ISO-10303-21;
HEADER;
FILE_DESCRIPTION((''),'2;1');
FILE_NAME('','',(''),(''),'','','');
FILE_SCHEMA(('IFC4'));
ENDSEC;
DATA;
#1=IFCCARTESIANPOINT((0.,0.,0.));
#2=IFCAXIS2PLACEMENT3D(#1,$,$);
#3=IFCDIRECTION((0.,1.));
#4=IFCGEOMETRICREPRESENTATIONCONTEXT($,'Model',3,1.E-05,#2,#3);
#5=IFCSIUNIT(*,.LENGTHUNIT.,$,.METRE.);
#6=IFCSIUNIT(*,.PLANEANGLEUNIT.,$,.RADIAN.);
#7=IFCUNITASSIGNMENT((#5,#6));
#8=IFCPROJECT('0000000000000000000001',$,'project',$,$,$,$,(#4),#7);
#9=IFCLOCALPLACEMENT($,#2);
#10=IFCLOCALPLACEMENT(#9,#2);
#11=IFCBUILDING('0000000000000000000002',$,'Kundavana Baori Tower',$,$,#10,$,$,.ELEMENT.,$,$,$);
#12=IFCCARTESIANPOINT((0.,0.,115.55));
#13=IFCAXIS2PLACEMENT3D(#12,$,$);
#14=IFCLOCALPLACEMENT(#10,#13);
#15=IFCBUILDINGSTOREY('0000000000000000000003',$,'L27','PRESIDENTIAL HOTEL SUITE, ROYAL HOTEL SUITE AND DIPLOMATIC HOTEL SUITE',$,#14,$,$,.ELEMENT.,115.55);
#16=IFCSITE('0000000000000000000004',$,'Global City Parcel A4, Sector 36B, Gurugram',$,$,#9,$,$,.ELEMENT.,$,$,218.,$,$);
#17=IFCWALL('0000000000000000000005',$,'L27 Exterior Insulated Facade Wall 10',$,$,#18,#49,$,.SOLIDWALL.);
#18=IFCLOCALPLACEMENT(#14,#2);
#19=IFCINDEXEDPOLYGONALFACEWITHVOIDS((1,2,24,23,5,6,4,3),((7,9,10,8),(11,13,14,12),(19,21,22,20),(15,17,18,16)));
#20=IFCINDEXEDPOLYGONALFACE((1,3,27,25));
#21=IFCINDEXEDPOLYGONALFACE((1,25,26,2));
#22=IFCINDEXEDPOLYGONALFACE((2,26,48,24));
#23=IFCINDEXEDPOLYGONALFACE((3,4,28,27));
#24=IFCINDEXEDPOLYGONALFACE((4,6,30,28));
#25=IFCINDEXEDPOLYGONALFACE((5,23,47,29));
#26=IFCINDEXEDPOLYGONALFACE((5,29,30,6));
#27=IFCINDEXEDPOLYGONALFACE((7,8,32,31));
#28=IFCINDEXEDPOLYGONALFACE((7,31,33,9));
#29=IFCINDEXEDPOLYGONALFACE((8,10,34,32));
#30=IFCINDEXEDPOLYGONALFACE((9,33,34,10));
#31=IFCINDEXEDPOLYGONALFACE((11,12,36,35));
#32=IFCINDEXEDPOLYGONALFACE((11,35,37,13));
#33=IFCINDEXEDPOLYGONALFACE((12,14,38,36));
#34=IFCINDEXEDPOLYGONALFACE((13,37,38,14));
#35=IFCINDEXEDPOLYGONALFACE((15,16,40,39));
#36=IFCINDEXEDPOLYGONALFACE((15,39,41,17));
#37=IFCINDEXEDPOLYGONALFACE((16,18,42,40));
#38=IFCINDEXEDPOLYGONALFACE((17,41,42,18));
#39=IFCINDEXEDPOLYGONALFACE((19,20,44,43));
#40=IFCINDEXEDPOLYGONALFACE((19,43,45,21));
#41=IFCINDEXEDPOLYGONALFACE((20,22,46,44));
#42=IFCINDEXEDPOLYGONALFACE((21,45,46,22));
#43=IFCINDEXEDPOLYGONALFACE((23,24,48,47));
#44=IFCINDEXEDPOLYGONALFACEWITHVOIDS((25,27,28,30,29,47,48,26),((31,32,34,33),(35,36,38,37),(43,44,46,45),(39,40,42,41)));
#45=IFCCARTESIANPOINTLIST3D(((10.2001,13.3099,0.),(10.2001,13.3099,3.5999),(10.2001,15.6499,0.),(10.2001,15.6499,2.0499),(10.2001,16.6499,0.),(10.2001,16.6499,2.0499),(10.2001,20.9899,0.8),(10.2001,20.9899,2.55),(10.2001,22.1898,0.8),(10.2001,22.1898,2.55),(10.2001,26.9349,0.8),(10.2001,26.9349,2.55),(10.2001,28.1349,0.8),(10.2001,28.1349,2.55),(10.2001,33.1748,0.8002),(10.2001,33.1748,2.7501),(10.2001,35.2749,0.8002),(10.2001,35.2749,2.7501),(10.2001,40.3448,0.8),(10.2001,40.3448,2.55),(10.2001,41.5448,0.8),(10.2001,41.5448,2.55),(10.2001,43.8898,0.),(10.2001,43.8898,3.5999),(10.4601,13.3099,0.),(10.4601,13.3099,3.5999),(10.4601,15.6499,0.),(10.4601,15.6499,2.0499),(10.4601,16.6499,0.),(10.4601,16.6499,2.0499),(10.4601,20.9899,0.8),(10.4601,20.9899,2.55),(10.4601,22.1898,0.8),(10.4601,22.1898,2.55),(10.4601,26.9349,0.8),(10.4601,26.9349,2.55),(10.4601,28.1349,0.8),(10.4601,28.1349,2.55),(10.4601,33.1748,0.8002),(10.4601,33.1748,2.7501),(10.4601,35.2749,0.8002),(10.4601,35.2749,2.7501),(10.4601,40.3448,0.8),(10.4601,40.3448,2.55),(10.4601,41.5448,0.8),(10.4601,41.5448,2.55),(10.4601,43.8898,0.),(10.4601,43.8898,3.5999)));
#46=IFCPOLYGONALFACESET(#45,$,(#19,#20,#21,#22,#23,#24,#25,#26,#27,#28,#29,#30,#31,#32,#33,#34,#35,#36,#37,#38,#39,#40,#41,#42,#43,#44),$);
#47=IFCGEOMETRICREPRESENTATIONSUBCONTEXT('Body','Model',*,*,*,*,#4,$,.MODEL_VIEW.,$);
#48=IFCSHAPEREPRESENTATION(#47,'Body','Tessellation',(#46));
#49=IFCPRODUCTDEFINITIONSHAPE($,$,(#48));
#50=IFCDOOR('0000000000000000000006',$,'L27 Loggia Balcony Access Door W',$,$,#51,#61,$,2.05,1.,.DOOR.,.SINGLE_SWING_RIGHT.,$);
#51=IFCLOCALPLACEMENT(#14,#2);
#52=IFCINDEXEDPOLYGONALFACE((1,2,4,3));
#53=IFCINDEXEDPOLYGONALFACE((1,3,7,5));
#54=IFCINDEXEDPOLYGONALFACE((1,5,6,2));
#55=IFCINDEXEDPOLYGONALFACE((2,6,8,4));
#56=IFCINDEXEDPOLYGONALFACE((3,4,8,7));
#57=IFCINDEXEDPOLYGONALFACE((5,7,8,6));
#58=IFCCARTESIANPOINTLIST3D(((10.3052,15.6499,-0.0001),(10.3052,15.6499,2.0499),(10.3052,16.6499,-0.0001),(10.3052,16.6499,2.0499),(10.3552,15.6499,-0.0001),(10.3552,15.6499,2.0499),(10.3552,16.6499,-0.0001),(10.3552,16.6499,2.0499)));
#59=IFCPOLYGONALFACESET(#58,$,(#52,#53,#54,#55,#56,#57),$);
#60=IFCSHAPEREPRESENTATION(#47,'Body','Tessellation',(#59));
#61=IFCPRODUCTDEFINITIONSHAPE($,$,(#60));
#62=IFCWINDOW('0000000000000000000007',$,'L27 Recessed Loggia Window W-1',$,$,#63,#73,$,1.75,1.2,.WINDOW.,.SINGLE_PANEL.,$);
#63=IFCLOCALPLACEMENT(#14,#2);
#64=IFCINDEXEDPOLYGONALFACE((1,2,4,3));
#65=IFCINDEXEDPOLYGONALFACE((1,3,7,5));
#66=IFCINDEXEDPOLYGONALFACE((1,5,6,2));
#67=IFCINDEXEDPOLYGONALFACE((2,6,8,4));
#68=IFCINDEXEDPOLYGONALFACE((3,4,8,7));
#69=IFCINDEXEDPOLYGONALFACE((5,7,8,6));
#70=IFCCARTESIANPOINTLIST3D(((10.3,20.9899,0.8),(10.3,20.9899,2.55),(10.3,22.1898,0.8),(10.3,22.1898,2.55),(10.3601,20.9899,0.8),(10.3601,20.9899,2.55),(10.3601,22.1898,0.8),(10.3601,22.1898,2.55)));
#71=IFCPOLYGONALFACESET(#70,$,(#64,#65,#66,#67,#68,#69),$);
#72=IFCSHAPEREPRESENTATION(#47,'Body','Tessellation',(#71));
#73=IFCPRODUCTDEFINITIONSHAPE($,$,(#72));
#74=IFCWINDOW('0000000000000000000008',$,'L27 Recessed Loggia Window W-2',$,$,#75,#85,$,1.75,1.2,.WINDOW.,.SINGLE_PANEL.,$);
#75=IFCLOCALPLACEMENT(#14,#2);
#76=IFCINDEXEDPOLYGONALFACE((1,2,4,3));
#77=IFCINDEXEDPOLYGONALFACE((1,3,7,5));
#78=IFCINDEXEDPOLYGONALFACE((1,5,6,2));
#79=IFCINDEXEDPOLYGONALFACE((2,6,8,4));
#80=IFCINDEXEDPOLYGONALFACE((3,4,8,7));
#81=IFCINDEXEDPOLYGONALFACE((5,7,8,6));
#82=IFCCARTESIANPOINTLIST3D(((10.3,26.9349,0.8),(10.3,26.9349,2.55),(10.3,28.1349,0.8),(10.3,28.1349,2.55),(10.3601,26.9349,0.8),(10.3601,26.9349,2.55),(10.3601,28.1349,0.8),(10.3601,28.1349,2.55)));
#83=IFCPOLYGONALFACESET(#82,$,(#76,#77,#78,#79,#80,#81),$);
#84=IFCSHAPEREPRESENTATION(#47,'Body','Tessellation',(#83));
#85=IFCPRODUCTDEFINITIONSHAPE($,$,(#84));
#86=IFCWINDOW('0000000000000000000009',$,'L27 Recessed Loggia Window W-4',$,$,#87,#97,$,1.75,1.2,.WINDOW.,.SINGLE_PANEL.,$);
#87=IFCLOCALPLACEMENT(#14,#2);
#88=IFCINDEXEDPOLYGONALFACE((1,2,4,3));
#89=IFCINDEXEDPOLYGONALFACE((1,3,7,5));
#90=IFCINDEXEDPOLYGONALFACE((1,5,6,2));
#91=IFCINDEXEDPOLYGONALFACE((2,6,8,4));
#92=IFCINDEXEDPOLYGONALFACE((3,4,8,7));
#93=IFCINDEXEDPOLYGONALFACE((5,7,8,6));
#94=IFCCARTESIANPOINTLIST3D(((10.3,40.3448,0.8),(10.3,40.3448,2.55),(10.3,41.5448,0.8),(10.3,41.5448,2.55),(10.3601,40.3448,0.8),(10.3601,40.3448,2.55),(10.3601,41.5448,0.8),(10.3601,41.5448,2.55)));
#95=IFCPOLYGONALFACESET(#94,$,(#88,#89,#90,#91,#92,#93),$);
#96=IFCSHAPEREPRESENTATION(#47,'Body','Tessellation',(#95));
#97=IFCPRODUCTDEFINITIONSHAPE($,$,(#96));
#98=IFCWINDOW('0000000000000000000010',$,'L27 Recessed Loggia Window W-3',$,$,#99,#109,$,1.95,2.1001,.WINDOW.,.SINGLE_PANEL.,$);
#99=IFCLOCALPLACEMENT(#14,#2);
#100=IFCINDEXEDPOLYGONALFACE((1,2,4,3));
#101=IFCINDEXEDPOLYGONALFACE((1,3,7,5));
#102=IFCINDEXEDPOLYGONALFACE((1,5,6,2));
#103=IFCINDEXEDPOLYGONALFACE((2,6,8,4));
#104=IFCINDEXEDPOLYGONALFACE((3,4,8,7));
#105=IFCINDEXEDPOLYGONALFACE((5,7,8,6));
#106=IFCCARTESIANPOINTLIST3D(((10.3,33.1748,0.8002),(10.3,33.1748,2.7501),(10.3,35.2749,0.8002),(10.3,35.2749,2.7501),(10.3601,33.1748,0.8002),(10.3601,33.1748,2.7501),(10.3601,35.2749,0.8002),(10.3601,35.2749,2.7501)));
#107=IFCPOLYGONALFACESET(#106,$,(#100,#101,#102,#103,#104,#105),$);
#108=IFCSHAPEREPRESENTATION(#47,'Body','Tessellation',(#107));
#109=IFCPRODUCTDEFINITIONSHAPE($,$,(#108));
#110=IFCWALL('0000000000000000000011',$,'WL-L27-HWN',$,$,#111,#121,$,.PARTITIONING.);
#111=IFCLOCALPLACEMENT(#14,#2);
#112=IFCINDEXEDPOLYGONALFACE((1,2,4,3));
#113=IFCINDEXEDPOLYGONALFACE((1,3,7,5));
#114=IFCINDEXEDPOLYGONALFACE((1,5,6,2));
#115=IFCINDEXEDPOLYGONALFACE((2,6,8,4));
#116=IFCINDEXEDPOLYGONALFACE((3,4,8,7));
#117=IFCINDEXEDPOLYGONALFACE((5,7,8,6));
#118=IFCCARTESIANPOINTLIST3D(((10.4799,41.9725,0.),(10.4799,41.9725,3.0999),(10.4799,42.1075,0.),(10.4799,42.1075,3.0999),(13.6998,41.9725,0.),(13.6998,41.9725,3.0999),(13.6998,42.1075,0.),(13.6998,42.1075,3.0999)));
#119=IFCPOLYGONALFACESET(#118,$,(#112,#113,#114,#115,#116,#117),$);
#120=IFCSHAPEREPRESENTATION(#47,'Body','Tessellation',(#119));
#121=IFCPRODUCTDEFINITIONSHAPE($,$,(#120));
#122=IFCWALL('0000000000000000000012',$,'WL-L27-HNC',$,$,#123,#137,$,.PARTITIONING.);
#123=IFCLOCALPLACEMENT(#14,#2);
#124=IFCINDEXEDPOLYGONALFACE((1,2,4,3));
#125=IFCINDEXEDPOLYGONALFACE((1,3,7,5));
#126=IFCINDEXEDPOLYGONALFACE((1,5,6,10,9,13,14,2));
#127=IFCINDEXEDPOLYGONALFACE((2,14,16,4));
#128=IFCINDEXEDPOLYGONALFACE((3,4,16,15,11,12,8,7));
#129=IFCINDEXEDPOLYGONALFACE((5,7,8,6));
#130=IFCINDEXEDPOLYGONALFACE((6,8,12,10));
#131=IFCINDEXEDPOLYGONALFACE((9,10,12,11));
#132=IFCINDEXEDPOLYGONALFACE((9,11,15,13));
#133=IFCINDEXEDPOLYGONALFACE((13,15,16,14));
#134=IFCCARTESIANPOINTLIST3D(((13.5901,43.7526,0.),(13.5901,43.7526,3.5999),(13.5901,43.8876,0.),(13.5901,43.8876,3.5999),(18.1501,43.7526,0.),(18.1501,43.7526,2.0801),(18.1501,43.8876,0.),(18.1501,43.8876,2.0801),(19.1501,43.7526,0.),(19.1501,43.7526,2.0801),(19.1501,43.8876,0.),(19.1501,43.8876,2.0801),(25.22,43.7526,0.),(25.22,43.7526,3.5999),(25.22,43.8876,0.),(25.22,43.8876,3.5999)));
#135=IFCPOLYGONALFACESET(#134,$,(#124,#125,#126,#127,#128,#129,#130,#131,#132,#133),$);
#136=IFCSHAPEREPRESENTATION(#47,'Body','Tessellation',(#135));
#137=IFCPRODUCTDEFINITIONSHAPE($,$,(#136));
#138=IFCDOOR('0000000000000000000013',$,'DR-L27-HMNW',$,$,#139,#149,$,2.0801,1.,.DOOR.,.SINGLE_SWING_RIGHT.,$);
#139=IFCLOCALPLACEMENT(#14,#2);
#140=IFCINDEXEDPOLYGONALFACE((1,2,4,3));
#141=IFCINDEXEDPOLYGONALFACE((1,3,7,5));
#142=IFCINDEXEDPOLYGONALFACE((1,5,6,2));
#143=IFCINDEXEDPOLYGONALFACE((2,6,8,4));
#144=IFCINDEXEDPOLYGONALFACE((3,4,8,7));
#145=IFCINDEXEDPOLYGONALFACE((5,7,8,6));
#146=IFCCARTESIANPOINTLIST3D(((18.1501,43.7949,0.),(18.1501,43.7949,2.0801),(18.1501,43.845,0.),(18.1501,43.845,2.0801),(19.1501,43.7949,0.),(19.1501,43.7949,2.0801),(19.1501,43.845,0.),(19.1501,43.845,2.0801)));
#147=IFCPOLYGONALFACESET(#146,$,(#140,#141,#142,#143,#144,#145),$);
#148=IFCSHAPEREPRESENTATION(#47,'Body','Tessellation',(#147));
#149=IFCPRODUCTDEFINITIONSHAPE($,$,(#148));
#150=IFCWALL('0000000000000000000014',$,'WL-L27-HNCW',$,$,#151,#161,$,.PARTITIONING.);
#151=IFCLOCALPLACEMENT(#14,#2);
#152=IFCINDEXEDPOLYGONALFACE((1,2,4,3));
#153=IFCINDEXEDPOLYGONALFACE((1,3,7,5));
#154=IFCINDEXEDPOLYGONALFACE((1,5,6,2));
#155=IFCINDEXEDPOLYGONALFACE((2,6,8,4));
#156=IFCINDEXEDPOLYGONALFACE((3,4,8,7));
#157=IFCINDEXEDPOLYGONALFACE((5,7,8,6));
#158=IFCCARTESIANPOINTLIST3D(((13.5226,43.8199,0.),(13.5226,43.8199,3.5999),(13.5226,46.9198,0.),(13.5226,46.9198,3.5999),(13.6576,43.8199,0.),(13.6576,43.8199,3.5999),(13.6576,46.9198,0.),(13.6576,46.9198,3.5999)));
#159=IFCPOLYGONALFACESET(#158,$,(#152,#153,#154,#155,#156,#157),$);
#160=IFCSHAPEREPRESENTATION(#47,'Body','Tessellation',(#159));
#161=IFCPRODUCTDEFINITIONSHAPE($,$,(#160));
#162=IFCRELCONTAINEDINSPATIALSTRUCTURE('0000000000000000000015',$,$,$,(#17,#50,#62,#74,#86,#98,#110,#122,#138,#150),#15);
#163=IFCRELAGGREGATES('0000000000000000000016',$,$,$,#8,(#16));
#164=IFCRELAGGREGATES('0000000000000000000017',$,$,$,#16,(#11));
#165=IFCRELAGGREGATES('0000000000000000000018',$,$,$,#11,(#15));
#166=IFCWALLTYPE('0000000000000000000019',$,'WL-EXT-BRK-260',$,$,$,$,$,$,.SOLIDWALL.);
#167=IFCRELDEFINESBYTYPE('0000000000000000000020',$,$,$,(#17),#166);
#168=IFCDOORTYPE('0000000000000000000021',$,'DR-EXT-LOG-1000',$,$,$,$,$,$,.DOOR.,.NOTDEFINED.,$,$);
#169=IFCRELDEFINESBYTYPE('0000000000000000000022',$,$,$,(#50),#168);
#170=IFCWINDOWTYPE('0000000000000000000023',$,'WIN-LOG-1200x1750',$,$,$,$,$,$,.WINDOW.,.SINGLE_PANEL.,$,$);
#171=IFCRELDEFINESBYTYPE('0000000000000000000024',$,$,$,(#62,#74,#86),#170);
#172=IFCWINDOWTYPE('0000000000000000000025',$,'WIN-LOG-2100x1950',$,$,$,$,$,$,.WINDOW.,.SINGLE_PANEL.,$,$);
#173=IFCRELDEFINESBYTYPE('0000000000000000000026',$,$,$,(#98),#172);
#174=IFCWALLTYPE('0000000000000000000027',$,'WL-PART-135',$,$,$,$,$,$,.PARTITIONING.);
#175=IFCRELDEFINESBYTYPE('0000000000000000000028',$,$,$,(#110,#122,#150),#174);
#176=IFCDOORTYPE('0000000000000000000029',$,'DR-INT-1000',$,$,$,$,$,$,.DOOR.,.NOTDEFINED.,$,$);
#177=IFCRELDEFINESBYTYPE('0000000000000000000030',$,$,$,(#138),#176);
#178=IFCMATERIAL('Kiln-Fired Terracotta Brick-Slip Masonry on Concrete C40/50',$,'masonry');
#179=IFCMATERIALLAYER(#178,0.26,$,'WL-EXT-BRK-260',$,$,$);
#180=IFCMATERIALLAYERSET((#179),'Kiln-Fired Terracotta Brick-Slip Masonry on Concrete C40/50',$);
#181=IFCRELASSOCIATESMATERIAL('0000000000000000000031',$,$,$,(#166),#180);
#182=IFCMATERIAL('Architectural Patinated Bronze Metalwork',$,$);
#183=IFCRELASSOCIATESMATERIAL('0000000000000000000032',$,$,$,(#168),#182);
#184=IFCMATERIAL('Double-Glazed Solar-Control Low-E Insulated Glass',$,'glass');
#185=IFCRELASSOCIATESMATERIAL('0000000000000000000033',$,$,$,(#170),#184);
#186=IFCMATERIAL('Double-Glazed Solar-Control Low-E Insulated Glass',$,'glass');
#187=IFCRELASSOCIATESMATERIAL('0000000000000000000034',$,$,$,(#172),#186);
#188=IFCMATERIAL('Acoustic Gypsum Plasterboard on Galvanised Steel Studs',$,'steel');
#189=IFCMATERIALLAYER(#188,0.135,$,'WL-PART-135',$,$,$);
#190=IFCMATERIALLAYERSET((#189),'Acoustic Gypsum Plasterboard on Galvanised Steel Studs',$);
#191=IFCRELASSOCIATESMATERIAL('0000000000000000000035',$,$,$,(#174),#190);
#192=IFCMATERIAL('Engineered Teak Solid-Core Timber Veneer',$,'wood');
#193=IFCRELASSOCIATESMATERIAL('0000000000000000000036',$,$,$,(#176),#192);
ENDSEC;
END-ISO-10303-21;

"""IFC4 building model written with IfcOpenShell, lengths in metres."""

from ifc_helpers import new_model, si_unit, direction, frame, frame_2d, origin, place, context, subcontext, project, spatial, rectangle, extrude, material, layer, layer_set, type_object, element, fill, save


model = new_model("IFC4")

# Units and contexts
model_context = context("Model", 3, precision=1e-05, world=origin(), true_north=direction((0.0, 1.0)))
body_context = subcontext(model_context, "Body", "Model", "MODEL_VIEW")
ifc_project = project(units=[si_unit("LENGTHUNIT", "METRE"), si_unit("PLANEANGLEUNIT", "RADIAN")], contexts=[model_context])

# Site, building, storey
site_placement = place(None, origin())
site = spatial("IfcSite", under=ifc_project, at=site_placement, Name="Global City Parcel A4, Sector 36B, Gurugram", CompositionType="ELEMENT", RefElevation=218.0)
building_placement = place(site_placement, origin())
building = spatial("IfcBuilding", under=site, at=building_placement, Name="Kundavana Baori Tower", CompositionType="ELEMENT")
storey_placement = place(building_placement, frame((0.0, 0.0, 115.55)))
storey = spatial("IfcBuildingStorey", under=building, at=storey_placement, Name="L27", Description="PRESIDENTIAL HOTEL SUITE, ROYAL HOTEL SUITE AND DIPLOMATIC HOTEL SUITE", CompositionType="ELEMENT", Elevation=115.55)

# Shared definitions
ifc_material_1 = material(Name="Kiln-Fired Terracotta Brick-Slip Masonry on Concrete C40/50", Category="masonry")
ifc_layer_1 = layer(ifc_material_1, 0.26, Name="WL-EXT-BRK-260")
ifc_layer_set_1 = layer_set([ifc_layer_1], Name="Kiln-Fired Terracotta Brick-Slip Masonry on Concrete C40/50")
wall_type_1 = type_object("IfcWallType", Name="WL-EXT-BRK-260", PredefinedType="SOLIDWALL", material=ifc_layer_set_1)

# Wall, openings, door, windows
wall_1_placement = place(storey_placement, frame((10.3301, 43.8899, 0.0), z_axis=(0.0, 0.0, 1.0), x_axis=(0.0, -1.0, 0.0)))
wall_1 = element("IfcWall", 1, at=wall_1_placement, inside=storey, type_object=wall_type_1, Name="L27 Exterior Insulated Facade Wall 10", PredefinedType="SOLIDWALL", context=body_context, shape_type="SweptSolid", body=[
    extrude(rectangle(XDim=30.5798, YDim=0.26, at=frame_2d((15.29, 0.0))), origin(), (0.0, 0.0, 1.0), 3.5999),
])
opening_1_placement = place(wall_1_placement, frame((27.24, 0.0, 0.0)))
opening_1 = element("IfcOpeningElement", 2, at=opening_1_placement, cuts=wall_1, PredefinedType="OPENING", context=body_context, shape_type="SweptSolid", body=[
    extrude(rectangle(XDim=1.0, YDim=2.05, at=frame_2d((0.5, 1.0249))), frame((0.0, 0.1401, 0.0), z_axis=(0.0, -1.0, 0.0), x_axis=(1.0, 0.0, 0.0)), (0.0, 0.0, 1.0), 0.28),
])
opening_2_placement = place(wall_1_placement, frame((21.7, 0.0, 0.8)))
opening_2 = element("IfcOpeningElement", 3, at=opening_2_placement, cuts=wall_1, PredefinedType="OPENING", context=body_context, shape_type="SweptSolid", body=[
    extrude(rectangle(XDim=1.2, YDim=1.75, at=frame_2d((0.6001, 0.875))), frame((0.0, 0.1401, 0.0), z_axis=(0.0, -1.0, 0.0), x_axis=(1.0, 0.0, 0.0)), (0.0, 0.0, 1.0), 0.28),
])
opening_3_placement = place(wall_1_placement, frame((15.7549, 0.0, 0.8)))
opening_3 = element("IfcOpeningElement", 4, at=opening_3_placement, cuts=wall_1, PredefinedType="OPENING", context=body_context, shape_type="SweptSolid", body=[
    extrude(rectangle(XDim=1.2, YDim=1.75, at=frame_2d((0.6001, 0.875))), frame((0.0, 0.1401, 0.0), z_axis=(0.0, -1.0, 0.0), x_axis=(1.0, 0.0, 0.0)), (0.0, 0.0, 1.0), 0.28),
])
opening_4_placement = place(wall_1_placement, frame((8.615, 0.0, 0.8)))
opening_4 = element("IfcOpeningElement", 5, at=opening_4_placement, cuts=wall_1, PredefinedType="OPENING", context=body_context, shape_type="SweptSolid", body=[
    extrude(rectangle(XDim=2.1001, YDim=1.95, at=frame_2d((1.05, 0.9751))), frame((0.0, 0.1401, 0.0), z_axis=(0.0, -1.0, 0.0), x_axis=(1.0, 0.0, 0.0)), (0.0, 0.0, 1.0), 0.28),
])
opening_5_placement = place(wall_1_placement, frame((2.345, 0.0, 0.8)))
opening_5 = element("IfcOpeningElement", 6, at=opening_5_placement, cuts=wall_1, PredefinedType="OPENING", context=body_context, shape_type="SweptSolid", body=[
    extrude(rectangle(XDim=1.2, YDim=1.75, at=frame_2d((0.6001, 0.875))), frame((0.0, 0.1401, 0.0), z_axis=(0.0, -1.0, 0.0), x_axis=(1.0, 0.0, 0.0)), (0.0, 0.0, 1.0), 0.28),
])
ifc_material_2 = material(Name="Architectural Patinated Bronze Metalwork")
door_type_1 = type_object("IfcDoorType", Name="DR-EXT-LOG-1000", OperationType="NOTDEFINED", PredefinedType="DOOR", material=ifc_material_2)
door_1_placement = place(opening_1_placement, frame((1.0, 0.0, 0.0), z_axis=(0.0, 0.0, 1.0), x_axis=(-1.0, 0.0, 0.0)))
door_1 = element("IfcDoor", 7, at=door_1_placement, inside=storey, type_object=door_type_1, Name="L27 Loggia Balcony Access Door W", OperationType="SINGLE_SWING_RIGHT", OverallHeight=2.05, OverallWidth=1.0, PredefinedType="DOOR", context=body_context, shape_type="SweptSolid", body=[
    extrude(rectangle(XDim=1.0, YDim=2.05, at=frame_2d((0.5, 1.0249))), frame((0.0, 0.0249, 0.0), z_axis=(0.0, -1.0, 0.0), x_axis=(1.0, 0.0, 0.0)), (0.0, 0.0, 1.0), 0.05),
])
fill(opening_1, door_1)
ifc_material_3 = material(Name="Double-Glazed Solar-Control Low-E Insulated Glass", Category="glass")
window_type_1 = type_object("IfcWindowType", Name="WIN-LOG-1200x1750", PartitioningType="SINGLE_PANEL", PredefinedType="WINDOW", material=ifc_material_3)
window_1_placement = place(opening_2_placement, origin())
window_1 = element("IfcWindow", 8, at=window_1_placement, inside=storey, type_object=window_type_1, Name="L27 Recessed Loggia Window W-1", OverallHeight=1.75, OverallWidth=1.2, PartitioningType="SINGLE_PANEL", PredefinedType="WINDOW", context=body_context, shape_type="SweptSolid", body=[
    extrude(rectangle(XDim=1.2, YDim=1.75, at=frame_2d((0.6001, 0.875))), frame((0.0, 0.03, 0.0), z_axis=(0.0, -1.0, 0.0), x_axis=(1.0, 0.0, 0.0)), (0.0, 0.0, 1.0), 0.0601),
])
fill(opening_2, window_1)
window_2_placement = place(opening_3_placement, origin())
window_2 = element("IfcWindow", 9, at=window_2_placement, inside=storey, type_object=window_type_1, Name="L27 Recessed Loggia Window W-2", OverallHeight=1.75, OverallWidth=1.2, PartitioningType="SINGLE_PANEL", PredefinedType="WINDOW", context=body_context, shape_type="SweptSolid", body=[
    extrude(rectangle(XDim=1.2, YDim=1.75, at=frame_2d((0.6001, 0.875))), frame((0.0, 0.03, 0.0), z_axis=(0.0, -1.0, 0.0), x_axis=(1.0, 0.0, 0.0)), (0.0, 0.0, 1.0), 0.0601),
])
fill(opening_3, window_2)
window_3_placement = place(opening_5_placement, origin())
window_3 = element("IfcWindow", 10, at=window_3_placement, inside=storey, type_object=window_type_1, Name="L27 Recessed Loggia Window W-4", OverallHeight=1.75, OverallWidth=1.2, PartitioningType="SINGLE_PANEL", PredefinedType="WINDOW", context=body_context, shape_type="SweptSolid", body=[
    extrude(rectangle(XDim=1.2, YDim=1.75, at=frame_2d((0.6001, 0.875))), frame((0.0, 0.03, 0.0), z_axis=(0.0, -1.0, 0.0), x_axis=(1.0, 0.0, 0.0)), (0.0, 0.0, 1.0), 0.0601),
])
fill(opening_5, window_3)
ifc_material_4 = material(Name="Double-Glazed Solar-Control Low-E Insulated Glass", Category="glass")
window_type_2 = type_object("IfcWindowType", Name="WIN-LOG-2100x1950", PartitioningType="SINGLE_PANEL", PredefinedType="WINDOW", material=ifc_material_4)
window_4_placement = place(opening_4_placement, origin())
window_4 = element("IfcWindow", 11, at=window_4_placement, inside=storey, type_object=window_type_2, Name="L27 Recessed Loggia Window W-3", OverallHeight=1.95, OverallWidth=2.1001, PartitioningType="SINGLE_PANEL", PredefinedType="WINDOW", context=body_context, shape_type="SweptSolid", body=[
    extrude(rectangle(XDim=2.1001, YDim=1.95, at=frame_2d((1.05, 0.9751))), frame((0.0, 0.03, 0.0), z_axis=(0.0, -1.0, 0.0), x_axis=(1.0, 0.0, 0.0)), (0.0, 0.0, 1.0), 0.0601),
])
fill(opening_4, window_4)

# Wall
ifc_material_5 = material(Name="Acoustic Gypsum Plasterboard on Galvanised Steel Studs", Category="steel")
ifc_layer_2 = layer(ifc_material_5, 0.135, Name="WL-PART-135")
ifc_layer_set_2 = layer_set([ifc_layer_2], Name="Acoustic Gypsum Plasterboard on Galvanised Steel Studs")
wall_type_2 = type_object("IfcWallType", Name="WL-PART-135", PredefinedType="PARTITIONING", material=ifc_layer_set_2)
wall_2_placement = place(storey_placement, frame((10.48, 42.04, 0.0), z_axis=(0.0, 0.0, 1.0), x_axis=(1.0, 0.0, 0.0)))
element("IfcWall", 12, at=wall_2_placement, inside=storey, type_object=wall_type_2, Name="WL-L27-HWN", PredefinedType="PARTITIONING", context=body_context, shape_type="SweptSolid", body=[
    extrude(rectangle(XDim=3.22, YDim=0.135, at=frame_2d((1.6099, 0.0))), origin(), (0.0, 0.0, 1.0), 3.0999),
])

# Wall, opening, door
wall_3_placement = place(storey_placement, frame((13.5901, 43.8201, 0.0), z_axis=(0.0, 0.0, 1.0), x_axis=(1.0, 0.0, 0.0)))
wall_3 = element("IfcWall", 13, at=wall_3_placement, inside=storey, type_object=wall_type_2, Name="WL-L27-HNC", PredefinedType="PARTITIONING", context=body_context, shape_type="SweptSolid", body=[
    extrude(rectangle(XDim=11.6299, YDim=0.135, at=frame_2d((5.8149, 0.0))), origin(), (0.0, 0.0, 1.0), 3.5999),
])
opening_6_placement = place(wall_3_placement, frame((4.5601, 0.0, 0.0)))
opening_6 = element("IfcOpeningElement", 14, at=opening_6_placement, cuts=wall_3, PredefinedType="OPENING", context=body_context, shape_type="SweptSolid", body=[
    extrude(rectangle(XDim=1.0, YDim=2.0801, at=frame_2d((0.5, 1.04))), frame((0.0, 0.0776, 0.0), z_axis=(0.0, -1.0, 0.0), x_axis=(1.0, 0.0, 0.0)), (0.0, 0.0, 1.0), 0.155),
])
ifc_material_6 = material(Name="Engineered Teak Solid-Core Timber Veneer", Category="wood")
door_type_2 = type_object("IfcDoorType", Name="DR-INT-1000", OperationType="NOTDEFINED", PredefinedType="DOOR", material=ifc_material_6)
door_2_placement = place(opening_6_placement, origin())
door_2 = element("IfcDoor", 15, at=door_2_placement, inside=storey, type_object=door_type_2, Name="DR-L27-HMNW", OperationType="SINGLE_SWING_RIGHT", OverallHeight=2.0801, OverallWidth=1.0, PredefinedType="DOOR", context=body_context, shape_type="SweptSolid", body=[
    extrude(rectangle(XDim=1.0, YDim=2.0801, at=frame_2d((0.5, 1.04))), frame((0.0, 0.0249, 0.0), z_axis=(0.0, -1.0, 0.0), x_axis=(1.0, 0.0, 0.0)), (0.0, 0.0, 1.0), 0.05),
])
fill(opening_6, door_2)

# Wall
wall_4_placement = place(storey_placement, frame((13.5901, 43.8201, 0.0), z_axis=(0.0, 0.0, 1.0), x_axis=(0.0, 1.0, 0.0)))
element("IfcWall", 16, at=wall_4_placement, inside=storey, type_object=wall_type_2, Name="WL-L27-HNCW", PredefinedType="PARTITIONING", context=body_context, shape_type="SweptSolid", body=[
    extrude(rectangle(XDim=3.0999, YDim=0.135, at=frame_2d((1.5498, 0.0))), origin(), (0.0, 0.0, 1.0), 3.5999),
])

save(model, "model.ifc")
